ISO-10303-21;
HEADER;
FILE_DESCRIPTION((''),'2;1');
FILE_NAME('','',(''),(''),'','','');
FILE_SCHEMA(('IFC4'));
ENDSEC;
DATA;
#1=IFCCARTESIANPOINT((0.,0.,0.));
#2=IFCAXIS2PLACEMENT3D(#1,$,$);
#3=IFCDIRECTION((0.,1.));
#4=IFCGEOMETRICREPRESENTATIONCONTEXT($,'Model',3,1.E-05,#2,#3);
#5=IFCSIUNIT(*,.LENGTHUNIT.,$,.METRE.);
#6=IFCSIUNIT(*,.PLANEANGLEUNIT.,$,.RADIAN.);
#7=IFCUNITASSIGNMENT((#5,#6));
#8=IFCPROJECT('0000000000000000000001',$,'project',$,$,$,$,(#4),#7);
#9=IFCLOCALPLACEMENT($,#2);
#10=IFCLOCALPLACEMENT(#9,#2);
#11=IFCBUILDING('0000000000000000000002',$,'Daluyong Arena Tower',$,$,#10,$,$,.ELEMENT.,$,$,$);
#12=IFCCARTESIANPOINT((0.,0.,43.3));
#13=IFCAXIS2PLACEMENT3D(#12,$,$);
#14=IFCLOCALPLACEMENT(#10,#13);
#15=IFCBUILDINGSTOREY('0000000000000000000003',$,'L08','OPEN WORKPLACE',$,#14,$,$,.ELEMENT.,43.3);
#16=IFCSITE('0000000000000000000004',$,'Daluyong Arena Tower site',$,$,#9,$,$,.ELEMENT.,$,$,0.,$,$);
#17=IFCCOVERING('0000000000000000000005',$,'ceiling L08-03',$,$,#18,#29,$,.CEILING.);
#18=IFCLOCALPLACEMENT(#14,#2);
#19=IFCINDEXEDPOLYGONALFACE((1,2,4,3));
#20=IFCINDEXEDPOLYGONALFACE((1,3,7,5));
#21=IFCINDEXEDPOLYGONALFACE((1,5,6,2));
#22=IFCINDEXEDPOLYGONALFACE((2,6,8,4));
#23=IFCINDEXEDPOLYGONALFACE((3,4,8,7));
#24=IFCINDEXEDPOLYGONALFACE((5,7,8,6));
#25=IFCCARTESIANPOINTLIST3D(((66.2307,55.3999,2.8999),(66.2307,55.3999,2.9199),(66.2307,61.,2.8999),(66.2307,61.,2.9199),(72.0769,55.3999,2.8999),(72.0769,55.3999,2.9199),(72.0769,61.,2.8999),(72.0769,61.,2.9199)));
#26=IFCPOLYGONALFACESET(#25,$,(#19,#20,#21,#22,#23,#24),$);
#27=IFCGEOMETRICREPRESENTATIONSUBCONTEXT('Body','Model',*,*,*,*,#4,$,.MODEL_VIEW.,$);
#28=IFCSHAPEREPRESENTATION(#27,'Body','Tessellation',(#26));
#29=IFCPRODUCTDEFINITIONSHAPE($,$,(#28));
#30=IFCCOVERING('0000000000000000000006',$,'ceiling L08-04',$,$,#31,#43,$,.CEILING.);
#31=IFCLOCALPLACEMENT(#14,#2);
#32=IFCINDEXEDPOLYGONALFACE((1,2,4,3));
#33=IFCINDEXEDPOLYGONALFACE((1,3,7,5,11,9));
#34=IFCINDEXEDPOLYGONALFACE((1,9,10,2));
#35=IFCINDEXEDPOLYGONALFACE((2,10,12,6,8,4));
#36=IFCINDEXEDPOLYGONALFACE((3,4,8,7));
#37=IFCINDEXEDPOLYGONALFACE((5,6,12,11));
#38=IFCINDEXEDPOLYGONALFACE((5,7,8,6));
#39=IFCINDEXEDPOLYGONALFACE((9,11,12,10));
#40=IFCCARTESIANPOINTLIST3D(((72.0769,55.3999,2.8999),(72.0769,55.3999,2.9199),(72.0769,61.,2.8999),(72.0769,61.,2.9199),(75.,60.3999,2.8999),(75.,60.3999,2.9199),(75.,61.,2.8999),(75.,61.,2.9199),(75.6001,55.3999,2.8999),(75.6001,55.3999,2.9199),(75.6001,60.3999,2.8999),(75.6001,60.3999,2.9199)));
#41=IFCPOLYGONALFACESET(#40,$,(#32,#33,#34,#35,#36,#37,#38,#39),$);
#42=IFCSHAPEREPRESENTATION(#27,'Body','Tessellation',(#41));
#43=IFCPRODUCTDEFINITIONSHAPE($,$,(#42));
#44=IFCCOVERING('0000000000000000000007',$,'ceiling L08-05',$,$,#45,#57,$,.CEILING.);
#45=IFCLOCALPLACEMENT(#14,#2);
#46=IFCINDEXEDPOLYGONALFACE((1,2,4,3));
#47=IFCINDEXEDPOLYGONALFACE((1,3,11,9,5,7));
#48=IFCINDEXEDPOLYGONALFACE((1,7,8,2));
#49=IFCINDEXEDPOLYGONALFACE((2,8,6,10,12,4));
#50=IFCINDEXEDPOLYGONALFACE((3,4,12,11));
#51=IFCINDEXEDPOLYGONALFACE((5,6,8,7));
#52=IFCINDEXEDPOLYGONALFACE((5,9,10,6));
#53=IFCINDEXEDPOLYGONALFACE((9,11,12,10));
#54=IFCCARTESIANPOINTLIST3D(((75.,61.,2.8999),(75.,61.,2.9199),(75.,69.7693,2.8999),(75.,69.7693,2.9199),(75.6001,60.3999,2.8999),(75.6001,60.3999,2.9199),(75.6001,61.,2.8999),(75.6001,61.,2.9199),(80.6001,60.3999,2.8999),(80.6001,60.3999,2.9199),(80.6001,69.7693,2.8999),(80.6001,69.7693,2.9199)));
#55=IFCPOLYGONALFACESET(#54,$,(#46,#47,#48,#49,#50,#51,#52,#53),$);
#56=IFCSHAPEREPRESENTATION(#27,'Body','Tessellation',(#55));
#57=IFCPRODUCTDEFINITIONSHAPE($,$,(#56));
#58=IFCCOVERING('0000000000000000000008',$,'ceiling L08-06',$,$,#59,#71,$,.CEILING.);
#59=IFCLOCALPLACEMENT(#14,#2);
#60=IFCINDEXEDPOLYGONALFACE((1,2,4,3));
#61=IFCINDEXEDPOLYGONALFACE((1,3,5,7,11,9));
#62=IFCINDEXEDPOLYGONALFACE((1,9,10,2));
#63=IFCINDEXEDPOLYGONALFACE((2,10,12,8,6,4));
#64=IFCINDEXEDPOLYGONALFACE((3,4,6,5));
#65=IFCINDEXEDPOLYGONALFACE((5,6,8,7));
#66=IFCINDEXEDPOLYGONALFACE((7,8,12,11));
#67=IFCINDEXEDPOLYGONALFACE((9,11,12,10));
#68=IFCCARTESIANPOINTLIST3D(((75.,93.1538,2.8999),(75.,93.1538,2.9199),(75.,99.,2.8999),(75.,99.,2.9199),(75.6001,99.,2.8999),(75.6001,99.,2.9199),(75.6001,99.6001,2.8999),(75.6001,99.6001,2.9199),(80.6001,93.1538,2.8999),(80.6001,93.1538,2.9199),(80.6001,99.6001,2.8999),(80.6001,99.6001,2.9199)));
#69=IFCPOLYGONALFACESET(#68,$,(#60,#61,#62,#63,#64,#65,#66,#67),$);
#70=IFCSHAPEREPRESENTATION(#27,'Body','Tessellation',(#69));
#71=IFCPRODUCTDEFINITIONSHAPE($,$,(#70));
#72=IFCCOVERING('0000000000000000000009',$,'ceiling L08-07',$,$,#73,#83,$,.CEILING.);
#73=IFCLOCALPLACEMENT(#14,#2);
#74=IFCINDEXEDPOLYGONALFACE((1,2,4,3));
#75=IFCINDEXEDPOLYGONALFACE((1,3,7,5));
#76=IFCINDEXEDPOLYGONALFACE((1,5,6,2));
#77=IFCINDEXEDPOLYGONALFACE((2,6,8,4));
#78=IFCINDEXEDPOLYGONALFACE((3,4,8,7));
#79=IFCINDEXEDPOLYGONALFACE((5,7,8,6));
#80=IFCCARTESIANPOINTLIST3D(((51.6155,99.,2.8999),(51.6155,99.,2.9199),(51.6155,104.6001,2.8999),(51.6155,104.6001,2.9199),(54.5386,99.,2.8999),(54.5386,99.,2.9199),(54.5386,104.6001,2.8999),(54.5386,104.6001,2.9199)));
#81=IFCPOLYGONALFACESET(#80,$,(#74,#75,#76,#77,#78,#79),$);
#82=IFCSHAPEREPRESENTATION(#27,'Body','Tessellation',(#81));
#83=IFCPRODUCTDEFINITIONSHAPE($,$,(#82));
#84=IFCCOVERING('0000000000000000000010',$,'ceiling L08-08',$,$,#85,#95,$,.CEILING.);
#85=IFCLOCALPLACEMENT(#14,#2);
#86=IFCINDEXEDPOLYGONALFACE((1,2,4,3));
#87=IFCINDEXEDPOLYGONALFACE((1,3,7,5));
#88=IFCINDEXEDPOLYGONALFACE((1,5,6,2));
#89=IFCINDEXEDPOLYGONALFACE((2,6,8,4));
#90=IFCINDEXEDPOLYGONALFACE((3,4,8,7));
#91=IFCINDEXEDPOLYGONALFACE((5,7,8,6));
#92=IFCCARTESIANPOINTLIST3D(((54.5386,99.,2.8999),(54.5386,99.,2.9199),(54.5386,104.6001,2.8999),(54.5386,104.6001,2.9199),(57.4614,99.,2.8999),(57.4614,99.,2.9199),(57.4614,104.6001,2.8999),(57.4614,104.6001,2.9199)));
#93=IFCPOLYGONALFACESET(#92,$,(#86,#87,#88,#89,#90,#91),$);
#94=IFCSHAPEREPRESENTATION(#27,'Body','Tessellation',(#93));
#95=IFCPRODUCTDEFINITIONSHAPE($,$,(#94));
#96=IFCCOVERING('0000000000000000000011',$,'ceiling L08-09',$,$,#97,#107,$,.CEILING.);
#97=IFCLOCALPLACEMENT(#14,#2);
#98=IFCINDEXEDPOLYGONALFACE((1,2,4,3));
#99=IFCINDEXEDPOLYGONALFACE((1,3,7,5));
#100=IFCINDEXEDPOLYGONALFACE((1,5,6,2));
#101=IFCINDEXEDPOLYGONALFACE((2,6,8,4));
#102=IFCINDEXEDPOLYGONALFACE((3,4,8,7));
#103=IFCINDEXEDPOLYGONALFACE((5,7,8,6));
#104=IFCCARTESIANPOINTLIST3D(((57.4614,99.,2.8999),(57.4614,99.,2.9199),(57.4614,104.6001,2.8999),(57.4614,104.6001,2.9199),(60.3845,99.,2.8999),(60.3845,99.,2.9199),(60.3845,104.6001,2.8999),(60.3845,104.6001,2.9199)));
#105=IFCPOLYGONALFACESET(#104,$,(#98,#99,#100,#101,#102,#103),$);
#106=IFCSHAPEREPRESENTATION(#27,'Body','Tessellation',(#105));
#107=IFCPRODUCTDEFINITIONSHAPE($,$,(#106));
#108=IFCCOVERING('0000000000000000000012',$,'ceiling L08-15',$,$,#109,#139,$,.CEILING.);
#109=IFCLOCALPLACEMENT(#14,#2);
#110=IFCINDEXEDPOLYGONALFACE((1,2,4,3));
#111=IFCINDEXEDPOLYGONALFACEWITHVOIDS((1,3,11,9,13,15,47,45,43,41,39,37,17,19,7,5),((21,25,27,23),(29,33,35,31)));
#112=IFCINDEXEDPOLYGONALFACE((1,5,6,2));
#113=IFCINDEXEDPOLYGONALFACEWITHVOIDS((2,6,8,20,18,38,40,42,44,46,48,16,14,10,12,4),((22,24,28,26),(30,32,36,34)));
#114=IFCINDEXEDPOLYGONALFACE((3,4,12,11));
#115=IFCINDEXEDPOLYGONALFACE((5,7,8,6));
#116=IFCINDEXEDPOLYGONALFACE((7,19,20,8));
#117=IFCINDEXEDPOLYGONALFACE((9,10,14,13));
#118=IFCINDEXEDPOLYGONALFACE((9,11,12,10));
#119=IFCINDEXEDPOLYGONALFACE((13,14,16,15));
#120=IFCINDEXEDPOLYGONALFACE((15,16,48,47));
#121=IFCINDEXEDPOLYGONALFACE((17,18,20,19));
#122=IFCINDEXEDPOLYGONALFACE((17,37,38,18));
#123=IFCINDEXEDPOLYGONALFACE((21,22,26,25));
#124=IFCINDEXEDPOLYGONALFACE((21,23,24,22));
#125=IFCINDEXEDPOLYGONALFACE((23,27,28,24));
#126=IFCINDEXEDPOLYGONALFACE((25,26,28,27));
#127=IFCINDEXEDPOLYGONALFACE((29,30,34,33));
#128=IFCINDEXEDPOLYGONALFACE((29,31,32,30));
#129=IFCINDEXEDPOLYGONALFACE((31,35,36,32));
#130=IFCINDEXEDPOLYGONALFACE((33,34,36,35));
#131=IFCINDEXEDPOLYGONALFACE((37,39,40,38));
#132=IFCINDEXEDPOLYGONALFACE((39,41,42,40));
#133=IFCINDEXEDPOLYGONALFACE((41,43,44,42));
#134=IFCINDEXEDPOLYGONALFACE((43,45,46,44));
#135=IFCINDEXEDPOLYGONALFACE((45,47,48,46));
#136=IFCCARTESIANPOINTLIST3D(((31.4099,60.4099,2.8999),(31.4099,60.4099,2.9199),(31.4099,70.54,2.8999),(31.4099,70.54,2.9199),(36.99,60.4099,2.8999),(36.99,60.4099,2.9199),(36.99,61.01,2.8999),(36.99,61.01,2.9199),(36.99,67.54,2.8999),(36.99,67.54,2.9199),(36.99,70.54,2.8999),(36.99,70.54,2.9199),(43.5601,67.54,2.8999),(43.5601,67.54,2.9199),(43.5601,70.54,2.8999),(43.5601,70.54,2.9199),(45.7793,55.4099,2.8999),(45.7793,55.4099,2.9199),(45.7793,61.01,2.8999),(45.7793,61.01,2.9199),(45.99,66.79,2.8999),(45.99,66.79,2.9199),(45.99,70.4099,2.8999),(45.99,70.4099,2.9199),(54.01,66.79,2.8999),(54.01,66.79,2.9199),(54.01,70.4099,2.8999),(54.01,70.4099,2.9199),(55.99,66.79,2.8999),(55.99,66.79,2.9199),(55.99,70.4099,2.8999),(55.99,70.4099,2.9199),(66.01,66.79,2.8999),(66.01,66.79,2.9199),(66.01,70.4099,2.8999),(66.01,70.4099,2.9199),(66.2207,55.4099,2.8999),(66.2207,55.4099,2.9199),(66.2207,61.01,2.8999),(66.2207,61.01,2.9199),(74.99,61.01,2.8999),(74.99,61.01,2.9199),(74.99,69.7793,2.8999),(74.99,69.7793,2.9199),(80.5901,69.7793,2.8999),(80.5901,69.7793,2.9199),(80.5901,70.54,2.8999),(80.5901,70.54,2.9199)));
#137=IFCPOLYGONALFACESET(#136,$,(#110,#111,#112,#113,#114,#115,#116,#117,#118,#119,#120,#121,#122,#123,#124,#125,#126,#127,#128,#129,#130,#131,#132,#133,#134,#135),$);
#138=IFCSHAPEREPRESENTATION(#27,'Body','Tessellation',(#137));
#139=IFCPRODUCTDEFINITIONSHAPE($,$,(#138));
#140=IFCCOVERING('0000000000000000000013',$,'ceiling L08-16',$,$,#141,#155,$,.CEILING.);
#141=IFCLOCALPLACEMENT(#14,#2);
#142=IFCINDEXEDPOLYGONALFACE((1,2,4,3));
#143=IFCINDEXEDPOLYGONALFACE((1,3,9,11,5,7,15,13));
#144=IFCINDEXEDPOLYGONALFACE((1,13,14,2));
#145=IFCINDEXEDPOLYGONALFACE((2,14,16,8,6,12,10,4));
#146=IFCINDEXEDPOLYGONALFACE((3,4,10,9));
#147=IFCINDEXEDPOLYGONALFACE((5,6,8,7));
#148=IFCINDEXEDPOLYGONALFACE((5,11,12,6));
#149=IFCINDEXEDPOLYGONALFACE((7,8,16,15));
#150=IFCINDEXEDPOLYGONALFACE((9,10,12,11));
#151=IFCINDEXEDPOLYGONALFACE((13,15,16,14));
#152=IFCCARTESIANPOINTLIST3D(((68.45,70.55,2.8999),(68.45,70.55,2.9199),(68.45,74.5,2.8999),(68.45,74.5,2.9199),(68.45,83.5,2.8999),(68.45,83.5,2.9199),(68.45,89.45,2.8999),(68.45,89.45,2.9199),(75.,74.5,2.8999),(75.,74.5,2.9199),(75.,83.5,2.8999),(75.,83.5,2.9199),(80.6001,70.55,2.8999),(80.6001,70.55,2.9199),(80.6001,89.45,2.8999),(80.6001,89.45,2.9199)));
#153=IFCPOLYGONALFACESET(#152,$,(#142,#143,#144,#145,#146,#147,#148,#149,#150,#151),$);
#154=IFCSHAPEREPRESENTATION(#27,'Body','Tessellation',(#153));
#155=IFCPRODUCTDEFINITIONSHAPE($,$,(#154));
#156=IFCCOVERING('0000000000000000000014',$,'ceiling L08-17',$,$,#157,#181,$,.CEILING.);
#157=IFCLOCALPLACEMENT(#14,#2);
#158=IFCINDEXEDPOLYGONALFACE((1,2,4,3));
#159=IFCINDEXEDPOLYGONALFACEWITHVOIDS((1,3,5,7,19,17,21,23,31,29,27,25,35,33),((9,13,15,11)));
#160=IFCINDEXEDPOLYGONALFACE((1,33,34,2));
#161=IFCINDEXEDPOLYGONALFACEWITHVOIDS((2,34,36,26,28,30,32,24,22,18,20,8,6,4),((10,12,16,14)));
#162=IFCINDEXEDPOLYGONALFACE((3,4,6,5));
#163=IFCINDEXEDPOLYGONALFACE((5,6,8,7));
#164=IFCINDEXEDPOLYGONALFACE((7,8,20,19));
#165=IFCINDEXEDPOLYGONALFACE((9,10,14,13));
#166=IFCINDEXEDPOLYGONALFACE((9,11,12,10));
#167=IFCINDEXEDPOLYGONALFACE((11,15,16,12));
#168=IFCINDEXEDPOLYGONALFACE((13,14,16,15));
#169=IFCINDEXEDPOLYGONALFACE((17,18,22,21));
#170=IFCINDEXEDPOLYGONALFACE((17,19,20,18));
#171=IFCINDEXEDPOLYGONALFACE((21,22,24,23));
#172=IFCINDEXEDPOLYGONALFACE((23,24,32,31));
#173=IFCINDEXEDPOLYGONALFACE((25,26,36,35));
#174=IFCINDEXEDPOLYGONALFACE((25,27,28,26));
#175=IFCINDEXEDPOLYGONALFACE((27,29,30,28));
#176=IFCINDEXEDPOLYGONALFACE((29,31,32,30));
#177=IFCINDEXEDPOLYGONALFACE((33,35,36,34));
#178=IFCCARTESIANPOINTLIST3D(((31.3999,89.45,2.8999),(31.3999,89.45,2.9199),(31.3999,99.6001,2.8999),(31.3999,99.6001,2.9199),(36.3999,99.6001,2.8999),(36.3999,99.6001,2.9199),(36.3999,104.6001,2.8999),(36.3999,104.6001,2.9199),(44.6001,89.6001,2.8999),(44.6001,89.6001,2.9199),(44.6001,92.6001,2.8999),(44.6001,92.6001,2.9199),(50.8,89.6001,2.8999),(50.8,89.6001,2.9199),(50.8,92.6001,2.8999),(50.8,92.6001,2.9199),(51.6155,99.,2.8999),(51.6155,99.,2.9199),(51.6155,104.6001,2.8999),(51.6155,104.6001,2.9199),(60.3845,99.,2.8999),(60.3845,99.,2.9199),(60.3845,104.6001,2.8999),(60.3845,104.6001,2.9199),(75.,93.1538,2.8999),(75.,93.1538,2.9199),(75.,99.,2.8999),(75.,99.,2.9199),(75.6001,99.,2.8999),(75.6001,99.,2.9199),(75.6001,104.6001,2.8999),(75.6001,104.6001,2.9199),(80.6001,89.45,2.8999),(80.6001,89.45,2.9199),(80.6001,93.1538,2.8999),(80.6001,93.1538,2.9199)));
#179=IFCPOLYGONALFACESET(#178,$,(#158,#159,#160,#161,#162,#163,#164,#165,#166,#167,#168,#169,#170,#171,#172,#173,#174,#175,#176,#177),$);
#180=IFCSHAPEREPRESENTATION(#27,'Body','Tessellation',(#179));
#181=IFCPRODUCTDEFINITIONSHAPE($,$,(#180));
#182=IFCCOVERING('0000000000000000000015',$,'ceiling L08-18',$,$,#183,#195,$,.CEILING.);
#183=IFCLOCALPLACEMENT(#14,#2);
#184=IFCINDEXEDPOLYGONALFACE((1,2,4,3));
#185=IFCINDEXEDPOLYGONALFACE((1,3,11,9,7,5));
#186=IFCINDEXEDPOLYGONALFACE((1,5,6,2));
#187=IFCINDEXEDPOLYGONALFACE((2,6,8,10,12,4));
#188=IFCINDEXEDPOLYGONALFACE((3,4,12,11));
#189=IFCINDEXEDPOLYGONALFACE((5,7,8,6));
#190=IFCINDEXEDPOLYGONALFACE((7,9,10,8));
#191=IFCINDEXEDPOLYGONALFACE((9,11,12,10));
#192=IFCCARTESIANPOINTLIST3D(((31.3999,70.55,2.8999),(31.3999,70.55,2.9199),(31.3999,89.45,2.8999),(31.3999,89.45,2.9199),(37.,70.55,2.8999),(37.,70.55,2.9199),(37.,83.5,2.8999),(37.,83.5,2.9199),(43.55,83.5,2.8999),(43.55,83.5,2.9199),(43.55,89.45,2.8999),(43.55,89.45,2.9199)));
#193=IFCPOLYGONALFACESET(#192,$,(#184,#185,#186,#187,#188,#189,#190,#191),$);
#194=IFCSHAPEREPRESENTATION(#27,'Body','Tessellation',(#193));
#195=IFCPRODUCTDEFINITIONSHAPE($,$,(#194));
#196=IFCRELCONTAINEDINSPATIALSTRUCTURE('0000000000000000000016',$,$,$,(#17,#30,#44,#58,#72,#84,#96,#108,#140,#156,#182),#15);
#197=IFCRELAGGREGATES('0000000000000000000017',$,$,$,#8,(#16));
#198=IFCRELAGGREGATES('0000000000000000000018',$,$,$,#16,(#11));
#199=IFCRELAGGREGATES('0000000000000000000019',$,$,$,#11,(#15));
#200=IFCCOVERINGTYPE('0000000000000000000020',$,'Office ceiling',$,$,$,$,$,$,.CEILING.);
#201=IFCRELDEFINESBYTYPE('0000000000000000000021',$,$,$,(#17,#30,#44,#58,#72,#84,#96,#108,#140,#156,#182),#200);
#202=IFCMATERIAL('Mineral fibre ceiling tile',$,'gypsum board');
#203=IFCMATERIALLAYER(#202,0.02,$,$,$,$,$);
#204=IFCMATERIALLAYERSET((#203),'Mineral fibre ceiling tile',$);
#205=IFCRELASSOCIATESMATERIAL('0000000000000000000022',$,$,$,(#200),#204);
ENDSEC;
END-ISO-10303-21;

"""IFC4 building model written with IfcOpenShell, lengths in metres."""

from ifc_helpers import new_model, si_unit, direction, frame, origin, place, context, subcontext, project, spatial, polyline, outline, extrude, material, layer, layer_set, type_object, element, save


model = new_model("IFC4")

# Units and contexts
model_context = context("Model", 3, precision=1e-05, world=origin(), true_north=direction((0.0, 1.0)))
body_context = subcontext(model_context, "Body", "Model", "MODEL_VIEW")
ifc_project = project(units=[si_unit("LENGTHUNIT", "METRE"), si_unit("PLANEANGLEUNIT", "RADIAN")], contexts=[model_context])

# Site, building, storey
site_placement = place(None, origin())
site = spatial("IfcSite", under=ifc_project, at=site_placement, Name="Daluyong Arena Tower site", CompositionType="ELEMENT", RefElevation=0.0)
building_placement = place(site_placement, origin())
building = spatial("IfcBuilding", under=site, at=building_placement, Name="Daluyong Arena Tower", CompositionType="ELEMENT")
storey_placement = place(building_placement, frame((0.0, 0.0, 43.3)))
storey = spatial("IfcBuildingStorey", under=building, at=storey_placement, Name="L08", Description="OPEN WORKPLACE", CompositionType="ELEMENT", Elevation=43.3)

# Coverings
ifc_material_1 = material(Name="Mineral fibre ceiling tile", Category="gypsum board")
ifc_layer_1 = layer(ifc_material_1, 0.02)
ifc_layer_set_1 = layer_set([ifc_layer_1], Name="Mineral fibre ceiling tile")
covering_type = type_object("IfcCoveringType", Name="Office ceiling", PredefinedType="CEILING", material=ifc_layer_set_1)
covering_1_placement = place(storey_placement, frame((0.0, 0.0, 2.8999)))
element("IfcCovering", 1, at=covering_1_placement, inside=storey, type_object=covering_type, Name="ceiling L08-03", PredefinedType="CEILING", context=body_context, shape_type="SweptSolid", body=[
    extrude(outline(polyline([(66.2307, 61.0), (66.2307, 55.3999), (72.0769, 55.3999), (72.0769, 61.0), (66.2307, 61.0)])), origin(), (0.0, 0.0, 1.0), 0.02),
])
covering_2_placement = place(storey_placement, frame((0.0, 0.0, 2.8999)))
element("IfcCovering", 2, at=covering_2_placement, inside=storey, type_object=covering_type, Name="ceiling L08-04", PredefinedType="CEILING", context=body_context, shape_type="SweptSolid", body=[
    extrude(outline(polyline([(75.6001, 55.3999), (75.6001, 60.3999), (75.0, 60.3999), (75.0, 61.0), (72.0769, 61.0), (72.0769, 55.3999), (75.6001, 55.3999)])), origin(), (0.0, 0.0, 1.0), 0.02),
])
covering_3_placement = place(storey_placement, frame((0.0, 0.0, 2.8999)))
element("IfcCovering", 3, at=covering_3_placement, inside=storey, type_object=covering_type, Name="ceiling L08-05", PredefinedType="CEILING", context=body_context, shape_type="SweptSolid", body=[
    extrude(outline(polyline([(75.6001, 60.3999), (80.6001, 60.3999), (80.6001, 69.7693), (75.0, 69.7693), (75.0, 61.0), (75.6001, 61.0), (75.6001, 60.3999)])), origin(), (0.0, 0.0, 1.0), 0.02),
])
covering_4_placement = place(storey_placement, frame((0.0, 0.0, 2.8999)))
element("IfcCovering", 4, at=covering_4_placement, inside=storey, type_object=covering_type, Name="ceiling L08-06", PredefinedType="CEILING", context=body_context, shape_type="SweptSolid", body=[
    extrude(outline(polyline([(75.0, 93.1538), (80.6001, 93.1538), (80.6001, 99.6001), (75.6001, 99.6001), (75.6001, 99.0), (75.0, 99.0), (75.0, 93.1538)])), origin(), (0.0, 0.0, 1.0), 0.02),
])
covering_5_placement = place(storey_placement, frame((0.0, 0.0, 2.8999)))
element("IfcCovering", 5, at=covering_5_placement, inside=storey, type_object=covering_type, Name="ceiling L08-07", PredefinedType="CEILING", context=body_context, shape_type="SweptSolid", body=[
    extrude(outline(polyline([(54.5386, 99.0), (54.5386, 104.6001), (51.6155, 104.6001), (51.6155, 99.0), (54.5386, 99.0)])), origin(), (0.0, 0.0, 1.0), 0.02),
])
covering_6_placement = place(storey_placement, frame((0.0, 0.0, 2.8999)))
element("IfcCovering", 6, at=covering_6_placement, inside=storey, type_object=covering_type, Name="ceiling L08-08", PredefinedType="CEILING", context=body_context, shape_type="SweptSolid", body=[
    extrude(outline(polyline([(57.4614, 99.0), (57.4614, 104.6001), (54.5386, 104.6001), (54.5386, 99.0), (57.4614, 99.0)])), origin(), (0.0, 0.0, 1.0), 0.02),
])
covering_7_placement = place(storey_placement, frame((0.0, 0.0, 2.8999)))
element("IfcCovering", 7, at=covering_7_placement, inside=storey, type_object=covering_type, Name="ceiling L08-09", PredefinedType="CEILING", context=body_context, shape_type="SweptSolid", body=[
    extrude(outline(polyline([(60.3845, 99.0), (60.3845, 104.6001), (57.4614, 104.6001), (57.4614, 99.0), (60.3845, 99.0)])), origin(), (0.0, 0.0, 1.0), 0.02),
])
covering_8_placement = place(storey_placement, frame((0.0, 0.0, 2.8999)))
element("IfcCovering", 8, at=covering_8_placement, inside=storey, type_object=covering_type, Name="ceiling L08-15", PredefinedType="CEILING", context=body_context, shape_type="SweptSolid", body=[
    extrude(outline(polyline([(74.99, 61.01), (74.99, 69.7793), (80.5901, 69.7793), (80.5901, 70.54), (43.5601, 70.54), (43.5601, 67.54), (36.99, 67.54), (36.99, 70.54), (31.4099, 70.54), (31.4099, 60.4099), (36.99, 60.4099), (36.99, 61.01), (45.7793, 61.01), (45.7793, 55.4099), (66.2207, 55.4099), (66.2207, 61.01), (74.99, 61.01)]), holes=[polyline([(66.01, 70.4099), (66.01, 66.79), (55.99, 66.79), (55.99, 70.4099), (66.01, 70.4099)]), polyline([(54.01, 66.79), (45.99, 66.79), (45.99, 70.4099), (54.01, 70.4099), (54.01, 66.79)])]), origin(), (0.0, 0.0, 1.0), 0.02),
])
covering_9_placement = place(storey_placement, frame((0.0, 0.0, 2.8999)))
element("IfcCovering", 9, at=covering_9_placement, inside=storey, type_object=covering_type, Name="ceiling L08-16", PredefinedType="CEILING", context=body_context, shape_type="SweptSolid", body=[
    extrude(outline(polyline([(80.6001, 70.55), (80.6001, 89.45), (68.45, 89.45), (68.45, 83.5), (75.0, 83.5), (75.0, 74.5), (68.45, 74.5), (68.45, 70.55), (80.6001, 70.55)])), origin(), (0.0, 0.0, 1.0), 0.02),
])
covering_10_placement = place(storey_placement, frame((0.0, 0.0, 2.8999)))
element("IfcCovering", 10, at=covering_10_placement, inside=storey, type_object=covering_type, Name="ceiling L08-17", PredefinedType="CEILING", context=body_context, shape_type="SweptSolid", body=[
    extrude(outline(polyline([(36.3999, 104.6001), (36.3999, 99.6001), (31.3999, 99.6001), (31.3999, 89.45), (80.6001, 89.45), (80.6001, 93.1538), (75.0, 93.1538), (75.0, 99.0), (75.6001, 99.0), (75.6001, 104.6001), (60.3845, 104.6001), (60.3845, 99.0), (51.6155, 99.0), (51.6155, 104.6001), (36.3999, 104.6001)]), holes=[polyline([(50.8, 89.6001), (44.6001, 89.6001), (44.6001, 92.6001), (50.8, 92.6001), (50.8, 89.6001)])]), origin(), (0.0, 0.0, 1.0), 0.02),
])
covering_11_placement = place(storey_placement, frame((0.0, 0.0, 2.8999)))
element("IfcCovering", 11, at=covering_11_placement, inside=storey, type_object=covering_type, Name="ceiling L08-18", PredefinedType="CEILING", context=body_context, shape_type="SweptSolid", body=[
    extrude(outline(polyline([(31.3999, 89.45), (31.3999, 70.55), (37.0, 70.55), (37.0, 83.5), (43.55, 83.5), (43.55, 89.45), (31.3999, 89.45)])), origin(), (0.0, 0.0, 1.0), 0.02),
])

save(model, "model.ifc")
